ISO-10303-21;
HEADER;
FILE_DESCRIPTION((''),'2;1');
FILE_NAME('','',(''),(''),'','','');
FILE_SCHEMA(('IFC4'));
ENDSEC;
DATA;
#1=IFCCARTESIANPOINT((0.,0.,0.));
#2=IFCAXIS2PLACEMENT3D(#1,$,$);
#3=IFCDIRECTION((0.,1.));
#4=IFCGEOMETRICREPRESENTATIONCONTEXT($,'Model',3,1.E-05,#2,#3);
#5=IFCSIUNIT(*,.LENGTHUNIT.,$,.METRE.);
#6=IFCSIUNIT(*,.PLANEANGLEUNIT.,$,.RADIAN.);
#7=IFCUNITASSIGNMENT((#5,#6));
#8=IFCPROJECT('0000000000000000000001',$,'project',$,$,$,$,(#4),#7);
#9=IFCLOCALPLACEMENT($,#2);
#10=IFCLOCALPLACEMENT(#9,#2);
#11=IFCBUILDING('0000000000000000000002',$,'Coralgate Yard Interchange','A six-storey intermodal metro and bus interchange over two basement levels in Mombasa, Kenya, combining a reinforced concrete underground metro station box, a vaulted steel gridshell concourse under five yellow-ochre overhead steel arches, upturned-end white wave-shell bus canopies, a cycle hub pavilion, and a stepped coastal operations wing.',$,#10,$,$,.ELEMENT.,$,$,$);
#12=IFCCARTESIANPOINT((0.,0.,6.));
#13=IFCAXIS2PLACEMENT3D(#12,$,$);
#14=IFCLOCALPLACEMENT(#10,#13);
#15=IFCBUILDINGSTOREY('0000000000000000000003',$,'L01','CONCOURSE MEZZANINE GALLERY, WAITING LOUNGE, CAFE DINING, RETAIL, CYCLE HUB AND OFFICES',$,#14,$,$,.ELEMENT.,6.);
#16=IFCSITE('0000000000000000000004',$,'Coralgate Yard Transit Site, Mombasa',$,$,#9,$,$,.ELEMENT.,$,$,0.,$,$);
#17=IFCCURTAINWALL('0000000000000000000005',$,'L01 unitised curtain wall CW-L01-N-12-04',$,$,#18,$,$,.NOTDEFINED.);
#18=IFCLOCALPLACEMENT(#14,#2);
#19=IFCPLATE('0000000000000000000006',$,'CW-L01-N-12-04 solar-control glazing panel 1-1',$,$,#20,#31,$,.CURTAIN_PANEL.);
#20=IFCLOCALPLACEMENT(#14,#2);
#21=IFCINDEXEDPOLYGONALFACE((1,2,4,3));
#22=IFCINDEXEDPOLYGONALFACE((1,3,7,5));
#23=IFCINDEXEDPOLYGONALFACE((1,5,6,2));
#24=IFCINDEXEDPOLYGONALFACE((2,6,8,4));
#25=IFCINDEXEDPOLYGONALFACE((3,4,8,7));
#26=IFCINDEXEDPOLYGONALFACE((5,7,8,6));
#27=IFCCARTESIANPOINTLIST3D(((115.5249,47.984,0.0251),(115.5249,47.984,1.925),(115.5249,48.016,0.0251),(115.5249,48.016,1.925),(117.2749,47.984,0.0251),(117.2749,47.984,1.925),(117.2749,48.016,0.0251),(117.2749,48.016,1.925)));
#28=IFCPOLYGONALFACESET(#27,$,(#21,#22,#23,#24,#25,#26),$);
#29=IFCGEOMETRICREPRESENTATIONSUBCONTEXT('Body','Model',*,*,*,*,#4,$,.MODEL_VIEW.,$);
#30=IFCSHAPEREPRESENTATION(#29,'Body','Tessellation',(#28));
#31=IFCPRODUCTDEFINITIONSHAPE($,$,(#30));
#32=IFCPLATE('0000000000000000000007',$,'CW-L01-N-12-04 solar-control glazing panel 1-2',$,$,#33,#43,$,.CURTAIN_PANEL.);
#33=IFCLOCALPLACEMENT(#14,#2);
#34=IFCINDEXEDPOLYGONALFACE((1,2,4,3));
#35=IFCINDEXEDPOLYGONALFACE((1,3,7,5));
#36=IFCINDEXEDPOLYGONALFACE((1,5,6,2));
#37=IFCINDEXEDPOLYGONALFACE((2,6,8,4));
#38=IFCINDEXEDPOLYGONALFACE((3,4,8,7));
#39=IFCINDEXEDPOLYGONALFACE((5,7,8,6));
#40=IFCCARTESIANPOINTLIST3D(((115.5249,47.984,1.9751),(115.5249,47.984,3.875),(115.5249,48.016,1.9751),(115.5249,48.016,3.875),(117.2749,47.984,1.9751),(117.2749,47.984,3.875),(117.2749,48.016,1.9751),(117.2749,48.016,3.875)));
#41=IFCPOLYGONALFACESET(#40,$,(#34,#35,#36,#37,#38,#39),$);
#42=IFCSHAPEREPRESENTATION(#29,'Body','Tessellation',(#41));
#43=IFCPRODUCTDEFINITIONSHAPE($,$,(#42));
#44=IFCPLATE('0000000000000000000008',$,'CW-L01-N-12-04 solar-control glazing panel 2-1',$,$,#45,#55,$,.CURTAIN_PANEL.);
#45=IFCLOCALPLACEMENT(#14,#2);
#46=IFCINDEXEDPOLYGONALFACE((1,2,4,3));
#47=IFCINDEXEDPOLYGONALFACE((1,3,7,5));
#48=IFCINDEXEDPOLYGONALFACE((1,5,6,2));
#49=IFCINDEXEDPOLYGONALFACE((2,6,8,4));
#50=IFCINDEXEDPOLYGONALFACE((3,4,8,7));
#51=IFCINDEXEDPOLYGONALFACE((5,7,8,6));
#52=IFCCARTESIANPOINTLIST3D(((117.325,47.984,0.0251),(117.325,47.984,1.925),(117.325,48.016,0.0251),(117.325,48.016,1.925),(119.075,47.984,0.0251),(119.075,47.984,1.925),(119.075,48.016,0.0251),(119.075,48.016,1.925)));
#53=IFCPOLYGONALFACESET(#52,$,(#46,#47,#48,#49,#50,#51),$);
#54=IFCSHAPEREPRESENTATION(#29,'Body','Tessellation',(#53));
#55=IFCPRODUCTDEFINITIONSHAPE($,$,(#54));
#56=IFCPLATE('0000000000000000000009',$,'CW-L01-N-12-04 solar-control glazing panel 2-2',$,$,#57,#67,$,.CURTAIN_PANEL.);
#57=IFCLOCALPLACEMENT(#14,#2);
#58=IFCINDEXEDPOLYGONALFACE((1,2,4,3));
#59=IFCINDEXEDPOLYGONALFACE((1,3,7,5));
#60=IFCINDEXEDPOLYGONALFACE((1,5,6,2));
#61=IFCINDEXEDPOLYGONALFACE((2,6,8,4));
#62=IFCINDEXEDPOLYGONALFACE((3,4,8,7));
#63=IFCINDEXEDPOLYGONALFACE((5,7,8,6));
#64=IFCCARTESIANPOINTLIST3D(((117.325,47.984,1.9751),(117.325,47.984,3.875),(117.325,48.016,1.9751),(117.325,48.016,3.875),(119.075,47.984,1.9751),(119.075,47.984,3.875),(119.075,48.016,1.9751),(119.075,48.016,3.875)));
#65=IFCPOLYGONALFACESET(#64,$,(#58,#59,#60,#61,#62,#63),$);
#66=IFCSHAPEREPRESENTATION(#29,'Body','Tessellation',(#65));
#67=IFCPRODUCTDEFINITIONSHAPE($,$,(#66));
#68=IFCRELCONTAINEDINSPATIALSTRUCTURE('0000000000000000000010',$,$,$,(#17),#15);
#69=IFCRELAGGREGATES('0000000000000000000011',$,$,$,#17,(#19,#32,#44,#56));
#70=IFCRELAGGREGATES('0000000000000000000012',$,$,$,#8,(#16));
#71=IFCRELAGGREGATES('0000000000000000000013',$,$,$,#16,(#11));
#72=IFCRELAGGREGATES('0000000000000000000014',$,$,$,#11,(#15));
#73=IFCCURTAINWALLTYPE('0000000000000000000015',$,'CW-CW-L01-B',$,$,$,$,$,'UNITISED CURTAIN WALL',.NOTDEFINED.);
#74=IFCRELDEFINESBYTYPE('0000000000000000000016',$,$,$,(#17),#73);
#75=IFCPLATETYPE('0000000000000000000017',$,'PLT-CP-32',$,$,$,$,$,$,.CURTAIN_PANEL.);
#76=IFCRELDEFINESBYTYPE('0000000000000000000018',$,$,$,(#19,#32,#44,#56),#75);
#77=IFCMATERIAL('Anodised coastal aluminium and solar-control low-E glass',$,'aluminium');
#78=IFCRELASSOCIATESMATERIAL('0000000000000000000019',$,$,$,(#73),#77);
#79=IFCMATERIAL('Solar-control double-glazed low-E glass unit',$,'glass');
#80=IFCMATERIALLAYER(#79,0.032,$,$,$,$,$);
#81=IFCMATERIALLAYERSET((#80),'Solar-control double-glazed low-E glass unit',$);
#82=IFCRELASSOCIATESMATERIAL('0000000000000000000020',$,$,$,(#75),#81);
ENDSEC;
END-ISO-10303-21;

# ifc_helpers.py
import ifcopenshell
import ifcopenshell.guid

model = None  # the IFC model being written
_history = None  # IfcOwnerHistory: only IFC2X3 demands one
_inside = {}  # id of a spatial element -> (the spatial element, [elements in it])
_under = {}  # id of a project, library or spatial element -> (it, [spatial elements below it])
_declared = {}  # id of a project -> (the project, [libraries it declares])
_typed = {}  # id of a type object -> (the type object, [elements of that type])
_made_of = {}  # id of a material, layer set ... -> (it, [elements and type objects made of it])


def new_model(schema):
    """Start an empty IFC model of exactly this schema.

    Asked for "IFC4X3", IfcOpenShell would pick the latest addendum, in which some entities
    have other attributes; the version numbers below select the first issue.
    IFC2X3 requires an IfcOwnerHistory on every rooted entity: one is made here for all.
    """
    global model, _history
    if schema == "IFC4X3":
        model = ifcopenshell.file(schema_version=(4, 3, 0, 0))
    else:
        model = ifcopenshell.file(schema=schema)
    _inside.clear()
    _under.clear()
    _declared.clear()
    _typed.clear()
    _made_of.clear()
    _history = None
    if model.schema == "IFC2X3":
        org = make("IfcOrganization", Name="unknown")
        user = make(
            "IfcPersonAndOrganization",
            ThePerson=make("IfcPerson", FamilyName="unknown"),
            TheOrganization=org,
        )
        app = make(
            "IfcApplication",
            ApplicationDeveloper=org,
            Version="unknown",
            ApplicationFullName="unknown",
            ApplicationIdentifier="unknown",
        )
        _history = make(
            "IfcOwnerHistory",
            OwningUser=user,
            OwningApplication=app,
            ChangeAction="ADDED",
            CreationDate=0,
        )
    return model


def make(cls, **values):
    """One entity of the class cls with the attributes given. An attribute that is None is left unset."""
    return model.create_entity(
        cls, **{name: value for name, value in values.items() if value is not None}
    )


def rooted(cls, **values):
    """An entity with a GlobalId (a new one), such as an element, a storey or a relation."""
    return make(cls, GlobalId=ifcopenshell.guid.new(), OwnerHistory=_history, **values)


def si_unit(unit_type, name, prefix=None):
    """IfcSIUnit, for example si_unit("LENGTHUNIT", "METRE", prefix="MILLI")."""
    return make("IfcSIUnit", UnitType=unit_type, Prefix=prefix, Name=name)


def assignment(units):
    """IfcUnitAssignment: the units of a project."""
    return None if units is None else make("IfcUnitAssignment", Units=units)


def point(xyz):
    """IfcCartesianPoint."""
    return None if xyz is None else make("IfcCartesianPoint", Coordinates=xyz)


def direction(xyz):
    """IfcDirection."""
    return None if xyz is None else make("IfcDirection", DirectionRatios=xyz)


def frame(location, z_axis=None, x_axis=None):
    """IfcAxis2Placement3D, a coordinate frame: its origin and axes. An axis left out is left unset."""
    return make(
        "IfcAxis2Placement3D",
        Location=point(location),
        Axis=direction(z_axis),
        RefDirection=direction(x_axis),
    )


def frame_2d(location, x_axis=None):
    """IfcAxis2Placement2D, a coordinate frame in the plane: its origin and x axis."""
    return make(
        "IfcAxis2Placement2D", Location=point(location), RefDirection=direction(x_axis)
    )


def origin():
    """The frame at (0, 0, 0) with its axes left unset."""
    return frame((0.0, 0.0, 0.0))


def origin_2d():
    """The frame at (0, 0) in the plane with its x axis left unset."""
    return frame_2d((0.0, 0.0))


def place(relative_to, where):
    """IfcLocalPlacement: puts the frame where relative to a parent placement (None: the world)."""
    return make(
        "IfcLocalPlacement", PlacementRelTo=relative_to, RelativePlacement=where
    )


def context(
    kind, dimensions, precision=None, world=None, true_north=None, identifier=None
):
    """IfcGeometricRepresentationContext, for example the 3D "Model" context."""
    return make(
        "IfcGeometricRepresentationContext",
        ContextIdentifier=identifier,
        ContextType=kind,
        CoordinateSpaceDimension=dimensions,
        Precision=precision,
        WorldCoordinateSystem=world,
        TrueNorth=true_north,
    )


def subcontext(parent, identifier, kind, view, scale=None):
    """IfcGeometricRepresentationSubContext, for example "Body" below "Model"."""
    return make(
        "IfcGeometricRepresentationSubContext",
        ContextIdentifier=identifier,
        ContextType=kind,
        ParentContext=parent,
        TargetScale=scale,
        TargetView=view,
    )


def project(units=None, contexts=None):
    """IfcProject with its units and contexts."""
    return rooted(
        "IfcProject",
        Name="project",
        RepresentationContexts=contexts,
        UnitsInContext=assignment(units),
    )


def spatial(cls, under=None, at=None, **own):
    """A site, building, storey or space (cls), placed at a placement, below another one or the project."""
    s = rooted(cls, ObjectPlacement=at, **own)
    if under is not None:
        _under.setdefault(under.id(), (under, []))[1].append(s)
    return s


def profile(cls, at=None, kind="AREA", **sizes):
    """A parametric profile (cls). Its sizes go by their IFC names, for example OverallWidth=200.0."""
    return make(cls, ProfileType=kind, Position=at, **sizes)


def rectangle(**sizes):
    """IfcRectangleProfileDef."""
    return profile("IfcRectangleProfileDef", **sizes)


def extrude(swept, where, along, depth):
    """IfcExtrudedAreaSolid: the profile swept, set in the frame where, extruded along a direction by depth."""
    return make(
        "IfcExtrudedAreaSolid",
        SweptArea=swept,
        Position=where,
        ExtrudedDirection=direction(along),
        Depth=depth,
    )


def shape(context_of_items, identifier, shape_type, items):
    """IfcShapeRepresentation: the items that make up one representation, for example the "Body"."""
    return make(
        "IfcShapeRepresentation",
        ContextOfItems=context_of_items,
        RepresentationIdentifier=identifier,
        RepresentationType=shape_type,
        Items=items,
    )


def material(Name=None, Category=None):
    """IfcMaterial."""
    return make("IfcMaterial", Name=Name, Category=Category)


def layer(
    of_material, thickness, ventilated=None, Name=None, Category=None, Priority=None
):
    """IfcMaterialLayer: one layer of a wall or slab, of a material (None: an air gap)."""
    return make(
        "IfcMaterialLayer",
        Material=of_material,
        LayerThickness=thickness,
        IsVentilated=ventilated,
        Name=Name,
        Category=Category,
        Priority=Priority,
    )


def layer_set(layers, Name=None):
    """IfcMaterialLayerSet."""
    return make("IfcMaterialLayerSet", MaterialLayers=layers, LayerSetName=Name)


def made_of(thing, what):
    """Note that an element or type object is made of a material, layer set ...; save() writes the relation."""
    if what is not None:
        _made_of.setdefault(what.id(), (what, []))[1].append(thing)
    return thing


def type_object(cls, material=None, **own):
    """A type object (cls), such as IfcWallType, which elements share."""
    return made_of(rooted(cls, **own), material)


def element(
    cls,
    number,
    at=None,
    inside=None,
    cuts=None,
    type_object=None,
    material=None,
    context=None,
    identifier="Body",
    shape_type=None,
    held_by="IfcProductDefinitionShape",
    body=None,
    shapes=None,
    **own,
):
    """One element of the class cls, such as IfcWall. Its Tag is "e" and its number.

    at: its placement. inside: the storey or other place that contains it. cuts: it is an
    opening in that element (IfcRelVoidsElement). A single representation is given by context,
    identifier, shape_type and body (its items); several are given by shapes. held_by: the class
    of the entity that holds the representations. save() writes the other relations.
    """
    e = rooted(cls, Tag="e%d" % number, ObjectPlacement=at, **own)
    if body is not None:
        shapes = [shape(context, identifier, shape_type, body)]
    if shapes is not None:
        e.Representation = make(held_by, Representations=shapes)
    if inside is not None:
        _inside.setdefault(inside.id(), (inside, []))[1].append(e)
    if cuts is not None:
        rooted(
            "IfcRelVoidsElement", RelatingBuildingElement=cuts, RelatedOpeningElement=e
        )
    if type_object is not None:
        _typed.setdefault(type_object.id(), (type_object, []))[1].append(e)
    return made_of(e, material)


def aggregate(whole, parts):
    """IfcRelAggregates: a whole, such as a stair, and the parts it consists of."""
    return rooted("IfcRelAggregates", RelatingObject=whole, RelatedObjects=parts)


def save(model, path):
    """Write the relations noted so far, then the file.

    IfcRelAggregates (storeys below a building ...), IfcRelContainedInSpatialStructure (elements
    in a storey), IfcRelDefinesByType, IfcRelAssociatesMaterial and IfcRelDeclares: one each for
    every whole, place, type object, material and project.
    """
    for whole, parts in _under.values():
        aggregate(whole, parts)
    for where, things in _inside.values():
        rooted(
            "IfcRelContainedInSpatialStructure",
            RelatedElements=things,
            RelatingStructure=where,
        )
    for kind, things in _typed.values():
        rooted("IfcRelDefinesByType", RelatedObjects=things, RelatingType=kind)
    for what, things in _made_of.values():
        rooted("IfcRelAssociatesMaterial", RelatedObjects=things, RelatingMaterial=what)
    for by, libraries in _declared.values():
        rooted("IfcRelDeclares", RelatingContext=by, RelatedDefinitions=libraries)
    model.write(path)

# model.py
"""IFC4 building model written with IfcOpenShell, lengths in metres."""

from ifc_helpers import new_model, si_unit, direction, frame, origin, origin_2d, place, context, subcontext, project, spatial, rectangle, extrude, material, layer, layer_set, type_object, element, aggregate, save


model = new_model("IFC4")

# Units and contexts
model_context = context("Model", 3, precision=1e-05, world=origin(), true_north=direction((0.0, 1.0)))
body_context = subcontext(model_context, "Body", "Model", "MODEL_VIEW")
ifc_project = project(units=[si_unit("LENGTHUNIT", "METRE"), si_unit("PLANEANGLEUNIT", "RADIAN")], contexts=[model_context])

# Site, building, storey
site_placement = place(None, origin())
site = spatial("IfcSite", under=ifc_project, at=site_placement, Name="Coralgate Yard Transit Site, Mombasa", CompositionType="ELEMENT", RefElevation=0.0)
building_placement = place(site_placement, origin())
building = spatial("IfcBuilding", under=site, at=building_placement, Name="Coralgate Yard Interchange", Description="A six-storey intermodal metro and bus interchange over two basement levels in Mombasa, Kenya, combining a reinforced concrete underground metro station box, a vaulted steel gridshell concourse under five yellow-ochre overhead steel arches, upturned-end white wave-shell bus canopies, a cycle hub pavilion, and a stepped coastal operations wing.", CompositionType="ELEMENT")
storey_placement = place(building_placement, frame((0.0, 0.0, 6.0)))
storey = spatial("IfcBuildingStorey", under=building, at=storey_placement, Name="L01", Description="CONCOURSE MEZZANINE GALLERY, WAITING LOUNGE, CAFE DINING, RETAIL, CYCLE HUB AND OFFICES", CompositionType="ELEMENT", Elevation=6.0)

# Curtain wall
ifc_material_1 = material(Name="Anodised coastal aluminium and solar-control low-E glass", Category="aluminium")
curtain_wall_type = type_object("IfcCurtainWallType", Name="CW-CW-L01-B", ElementType="UNITISED CURTAIN WALL", PredefinedType="NOTDEFINED", material=ifc_material_1)
curtain_wall_1_placement = place(storey_placement, origin())
curtain_wall_1 = element("IfcCurtainWall", 1, at=curtain_wall_1_placement, inside=storey, type_object=curtain_wall_type, Name="L01 unitised curtain wall CW-L01-N-12-04", PredefinedType="NOTDEFINED")

# Plates
ifc_material_2 = material(Name="Solar-control double-glazed low-E glass unit", Category="glass")
ifc_layer = layer(ifc_material_2, 0.032)
ifc_layer_set = layer_set([ifc_layer], Name="Solar-control double-glazed low-E glass unit")
plate_type = type_object("IfcPlateType", Name="PLT-CP-32", PredefinedType="CURTAIN_PANEL", material=ifc_layer_set)
plate_1_placement = place(storey_placement, frame((116.3999, 48.0, 0.0251), z_axis=(0.0, 0.0, 1.0), x_axis=(1.0, 0.0, 0.0)))
plate_1 = element("IfcPlate", 2, at=plate_1_placement, type_object=plate_type, Name="CW-L01-N-12-04 solar-control glazing panel 1-1", PredefinedType="CURTAIN_PANEL", context=body_context, shape_type="SweptSolid", body=[
    extrude(rectangle(XDim=1.75, YDim=0.032, at=origin_2d()), origin(), (0.0, 0.0, 1.0), 1.8999),
])
plate_2_placement = place(storey_placement, frame((116.3999, 48.0, 1.9751), z_axis=(0.0, 0.0, 1.0), x_axis=(1.0, 0.0, 0.0)))
plate_2 = element("IfcPlate", 3, at=plate_2_placement, type_object=plate_type, Name="CW-L01-N-12-04 solar-control glazing panel 1-2", PredefinedType="CURTAIN_PANEL", context=body_context, shape_type="SweptSolid", body=[
    extrude(rectangle(XDim=1.75, YDim=0.032, at=origin_2d()), origin(), (0.0, 0.0, 1.0), 1.8999),
])
plate_3_placement = place(storey_placement, frame((118.2, 48.0, 0.0251), z_axis=(0.0, 0.0, 1.0), x_axis=(1.0, 0.0, 0.0)))
plate_3 = element("IfcPlate", 4, at=plate_3_placement, type_object=plate_type, Name="CW-L01-N-12-04 solar-control glazing panel 2-1", PredefinedType="CURTAIN_PANEL", context=body_context, shape_type="SweptSolid", body=[
    extrude(rectangle(XDim=1.75, YDim=0.032, at=origin_2d()), origin(), (0.0, 0.0, 1.0), 1.8999),
])
plate_4_placement = place(storey_placement, frame((118.2, 48.0, 1.9751), z_axis=(0.0, 0.0, 1.0), x_axis=(1.0, 0.0, 0.0)))
plate_4 = element("IfcPlate", 5, at=plate_4_placement, type_object=plate_type, Name="CW-L01-N-12-04 solar-control glazing panel 2-2", PredefinedType="CURTAIN_PANEL", context=body_context, shape_type="SweptSolid", body=[
    extrude(rectangle(XDim=1.75, YDim=0.032, at=origin_2d()), origin(), (0.0, 0.0, 1.0), 1.8999),
])
aggregate(curtain_wall_1, [plate_1, plate_2, plate_3, plate_4])

save(model, "model.ifc")
